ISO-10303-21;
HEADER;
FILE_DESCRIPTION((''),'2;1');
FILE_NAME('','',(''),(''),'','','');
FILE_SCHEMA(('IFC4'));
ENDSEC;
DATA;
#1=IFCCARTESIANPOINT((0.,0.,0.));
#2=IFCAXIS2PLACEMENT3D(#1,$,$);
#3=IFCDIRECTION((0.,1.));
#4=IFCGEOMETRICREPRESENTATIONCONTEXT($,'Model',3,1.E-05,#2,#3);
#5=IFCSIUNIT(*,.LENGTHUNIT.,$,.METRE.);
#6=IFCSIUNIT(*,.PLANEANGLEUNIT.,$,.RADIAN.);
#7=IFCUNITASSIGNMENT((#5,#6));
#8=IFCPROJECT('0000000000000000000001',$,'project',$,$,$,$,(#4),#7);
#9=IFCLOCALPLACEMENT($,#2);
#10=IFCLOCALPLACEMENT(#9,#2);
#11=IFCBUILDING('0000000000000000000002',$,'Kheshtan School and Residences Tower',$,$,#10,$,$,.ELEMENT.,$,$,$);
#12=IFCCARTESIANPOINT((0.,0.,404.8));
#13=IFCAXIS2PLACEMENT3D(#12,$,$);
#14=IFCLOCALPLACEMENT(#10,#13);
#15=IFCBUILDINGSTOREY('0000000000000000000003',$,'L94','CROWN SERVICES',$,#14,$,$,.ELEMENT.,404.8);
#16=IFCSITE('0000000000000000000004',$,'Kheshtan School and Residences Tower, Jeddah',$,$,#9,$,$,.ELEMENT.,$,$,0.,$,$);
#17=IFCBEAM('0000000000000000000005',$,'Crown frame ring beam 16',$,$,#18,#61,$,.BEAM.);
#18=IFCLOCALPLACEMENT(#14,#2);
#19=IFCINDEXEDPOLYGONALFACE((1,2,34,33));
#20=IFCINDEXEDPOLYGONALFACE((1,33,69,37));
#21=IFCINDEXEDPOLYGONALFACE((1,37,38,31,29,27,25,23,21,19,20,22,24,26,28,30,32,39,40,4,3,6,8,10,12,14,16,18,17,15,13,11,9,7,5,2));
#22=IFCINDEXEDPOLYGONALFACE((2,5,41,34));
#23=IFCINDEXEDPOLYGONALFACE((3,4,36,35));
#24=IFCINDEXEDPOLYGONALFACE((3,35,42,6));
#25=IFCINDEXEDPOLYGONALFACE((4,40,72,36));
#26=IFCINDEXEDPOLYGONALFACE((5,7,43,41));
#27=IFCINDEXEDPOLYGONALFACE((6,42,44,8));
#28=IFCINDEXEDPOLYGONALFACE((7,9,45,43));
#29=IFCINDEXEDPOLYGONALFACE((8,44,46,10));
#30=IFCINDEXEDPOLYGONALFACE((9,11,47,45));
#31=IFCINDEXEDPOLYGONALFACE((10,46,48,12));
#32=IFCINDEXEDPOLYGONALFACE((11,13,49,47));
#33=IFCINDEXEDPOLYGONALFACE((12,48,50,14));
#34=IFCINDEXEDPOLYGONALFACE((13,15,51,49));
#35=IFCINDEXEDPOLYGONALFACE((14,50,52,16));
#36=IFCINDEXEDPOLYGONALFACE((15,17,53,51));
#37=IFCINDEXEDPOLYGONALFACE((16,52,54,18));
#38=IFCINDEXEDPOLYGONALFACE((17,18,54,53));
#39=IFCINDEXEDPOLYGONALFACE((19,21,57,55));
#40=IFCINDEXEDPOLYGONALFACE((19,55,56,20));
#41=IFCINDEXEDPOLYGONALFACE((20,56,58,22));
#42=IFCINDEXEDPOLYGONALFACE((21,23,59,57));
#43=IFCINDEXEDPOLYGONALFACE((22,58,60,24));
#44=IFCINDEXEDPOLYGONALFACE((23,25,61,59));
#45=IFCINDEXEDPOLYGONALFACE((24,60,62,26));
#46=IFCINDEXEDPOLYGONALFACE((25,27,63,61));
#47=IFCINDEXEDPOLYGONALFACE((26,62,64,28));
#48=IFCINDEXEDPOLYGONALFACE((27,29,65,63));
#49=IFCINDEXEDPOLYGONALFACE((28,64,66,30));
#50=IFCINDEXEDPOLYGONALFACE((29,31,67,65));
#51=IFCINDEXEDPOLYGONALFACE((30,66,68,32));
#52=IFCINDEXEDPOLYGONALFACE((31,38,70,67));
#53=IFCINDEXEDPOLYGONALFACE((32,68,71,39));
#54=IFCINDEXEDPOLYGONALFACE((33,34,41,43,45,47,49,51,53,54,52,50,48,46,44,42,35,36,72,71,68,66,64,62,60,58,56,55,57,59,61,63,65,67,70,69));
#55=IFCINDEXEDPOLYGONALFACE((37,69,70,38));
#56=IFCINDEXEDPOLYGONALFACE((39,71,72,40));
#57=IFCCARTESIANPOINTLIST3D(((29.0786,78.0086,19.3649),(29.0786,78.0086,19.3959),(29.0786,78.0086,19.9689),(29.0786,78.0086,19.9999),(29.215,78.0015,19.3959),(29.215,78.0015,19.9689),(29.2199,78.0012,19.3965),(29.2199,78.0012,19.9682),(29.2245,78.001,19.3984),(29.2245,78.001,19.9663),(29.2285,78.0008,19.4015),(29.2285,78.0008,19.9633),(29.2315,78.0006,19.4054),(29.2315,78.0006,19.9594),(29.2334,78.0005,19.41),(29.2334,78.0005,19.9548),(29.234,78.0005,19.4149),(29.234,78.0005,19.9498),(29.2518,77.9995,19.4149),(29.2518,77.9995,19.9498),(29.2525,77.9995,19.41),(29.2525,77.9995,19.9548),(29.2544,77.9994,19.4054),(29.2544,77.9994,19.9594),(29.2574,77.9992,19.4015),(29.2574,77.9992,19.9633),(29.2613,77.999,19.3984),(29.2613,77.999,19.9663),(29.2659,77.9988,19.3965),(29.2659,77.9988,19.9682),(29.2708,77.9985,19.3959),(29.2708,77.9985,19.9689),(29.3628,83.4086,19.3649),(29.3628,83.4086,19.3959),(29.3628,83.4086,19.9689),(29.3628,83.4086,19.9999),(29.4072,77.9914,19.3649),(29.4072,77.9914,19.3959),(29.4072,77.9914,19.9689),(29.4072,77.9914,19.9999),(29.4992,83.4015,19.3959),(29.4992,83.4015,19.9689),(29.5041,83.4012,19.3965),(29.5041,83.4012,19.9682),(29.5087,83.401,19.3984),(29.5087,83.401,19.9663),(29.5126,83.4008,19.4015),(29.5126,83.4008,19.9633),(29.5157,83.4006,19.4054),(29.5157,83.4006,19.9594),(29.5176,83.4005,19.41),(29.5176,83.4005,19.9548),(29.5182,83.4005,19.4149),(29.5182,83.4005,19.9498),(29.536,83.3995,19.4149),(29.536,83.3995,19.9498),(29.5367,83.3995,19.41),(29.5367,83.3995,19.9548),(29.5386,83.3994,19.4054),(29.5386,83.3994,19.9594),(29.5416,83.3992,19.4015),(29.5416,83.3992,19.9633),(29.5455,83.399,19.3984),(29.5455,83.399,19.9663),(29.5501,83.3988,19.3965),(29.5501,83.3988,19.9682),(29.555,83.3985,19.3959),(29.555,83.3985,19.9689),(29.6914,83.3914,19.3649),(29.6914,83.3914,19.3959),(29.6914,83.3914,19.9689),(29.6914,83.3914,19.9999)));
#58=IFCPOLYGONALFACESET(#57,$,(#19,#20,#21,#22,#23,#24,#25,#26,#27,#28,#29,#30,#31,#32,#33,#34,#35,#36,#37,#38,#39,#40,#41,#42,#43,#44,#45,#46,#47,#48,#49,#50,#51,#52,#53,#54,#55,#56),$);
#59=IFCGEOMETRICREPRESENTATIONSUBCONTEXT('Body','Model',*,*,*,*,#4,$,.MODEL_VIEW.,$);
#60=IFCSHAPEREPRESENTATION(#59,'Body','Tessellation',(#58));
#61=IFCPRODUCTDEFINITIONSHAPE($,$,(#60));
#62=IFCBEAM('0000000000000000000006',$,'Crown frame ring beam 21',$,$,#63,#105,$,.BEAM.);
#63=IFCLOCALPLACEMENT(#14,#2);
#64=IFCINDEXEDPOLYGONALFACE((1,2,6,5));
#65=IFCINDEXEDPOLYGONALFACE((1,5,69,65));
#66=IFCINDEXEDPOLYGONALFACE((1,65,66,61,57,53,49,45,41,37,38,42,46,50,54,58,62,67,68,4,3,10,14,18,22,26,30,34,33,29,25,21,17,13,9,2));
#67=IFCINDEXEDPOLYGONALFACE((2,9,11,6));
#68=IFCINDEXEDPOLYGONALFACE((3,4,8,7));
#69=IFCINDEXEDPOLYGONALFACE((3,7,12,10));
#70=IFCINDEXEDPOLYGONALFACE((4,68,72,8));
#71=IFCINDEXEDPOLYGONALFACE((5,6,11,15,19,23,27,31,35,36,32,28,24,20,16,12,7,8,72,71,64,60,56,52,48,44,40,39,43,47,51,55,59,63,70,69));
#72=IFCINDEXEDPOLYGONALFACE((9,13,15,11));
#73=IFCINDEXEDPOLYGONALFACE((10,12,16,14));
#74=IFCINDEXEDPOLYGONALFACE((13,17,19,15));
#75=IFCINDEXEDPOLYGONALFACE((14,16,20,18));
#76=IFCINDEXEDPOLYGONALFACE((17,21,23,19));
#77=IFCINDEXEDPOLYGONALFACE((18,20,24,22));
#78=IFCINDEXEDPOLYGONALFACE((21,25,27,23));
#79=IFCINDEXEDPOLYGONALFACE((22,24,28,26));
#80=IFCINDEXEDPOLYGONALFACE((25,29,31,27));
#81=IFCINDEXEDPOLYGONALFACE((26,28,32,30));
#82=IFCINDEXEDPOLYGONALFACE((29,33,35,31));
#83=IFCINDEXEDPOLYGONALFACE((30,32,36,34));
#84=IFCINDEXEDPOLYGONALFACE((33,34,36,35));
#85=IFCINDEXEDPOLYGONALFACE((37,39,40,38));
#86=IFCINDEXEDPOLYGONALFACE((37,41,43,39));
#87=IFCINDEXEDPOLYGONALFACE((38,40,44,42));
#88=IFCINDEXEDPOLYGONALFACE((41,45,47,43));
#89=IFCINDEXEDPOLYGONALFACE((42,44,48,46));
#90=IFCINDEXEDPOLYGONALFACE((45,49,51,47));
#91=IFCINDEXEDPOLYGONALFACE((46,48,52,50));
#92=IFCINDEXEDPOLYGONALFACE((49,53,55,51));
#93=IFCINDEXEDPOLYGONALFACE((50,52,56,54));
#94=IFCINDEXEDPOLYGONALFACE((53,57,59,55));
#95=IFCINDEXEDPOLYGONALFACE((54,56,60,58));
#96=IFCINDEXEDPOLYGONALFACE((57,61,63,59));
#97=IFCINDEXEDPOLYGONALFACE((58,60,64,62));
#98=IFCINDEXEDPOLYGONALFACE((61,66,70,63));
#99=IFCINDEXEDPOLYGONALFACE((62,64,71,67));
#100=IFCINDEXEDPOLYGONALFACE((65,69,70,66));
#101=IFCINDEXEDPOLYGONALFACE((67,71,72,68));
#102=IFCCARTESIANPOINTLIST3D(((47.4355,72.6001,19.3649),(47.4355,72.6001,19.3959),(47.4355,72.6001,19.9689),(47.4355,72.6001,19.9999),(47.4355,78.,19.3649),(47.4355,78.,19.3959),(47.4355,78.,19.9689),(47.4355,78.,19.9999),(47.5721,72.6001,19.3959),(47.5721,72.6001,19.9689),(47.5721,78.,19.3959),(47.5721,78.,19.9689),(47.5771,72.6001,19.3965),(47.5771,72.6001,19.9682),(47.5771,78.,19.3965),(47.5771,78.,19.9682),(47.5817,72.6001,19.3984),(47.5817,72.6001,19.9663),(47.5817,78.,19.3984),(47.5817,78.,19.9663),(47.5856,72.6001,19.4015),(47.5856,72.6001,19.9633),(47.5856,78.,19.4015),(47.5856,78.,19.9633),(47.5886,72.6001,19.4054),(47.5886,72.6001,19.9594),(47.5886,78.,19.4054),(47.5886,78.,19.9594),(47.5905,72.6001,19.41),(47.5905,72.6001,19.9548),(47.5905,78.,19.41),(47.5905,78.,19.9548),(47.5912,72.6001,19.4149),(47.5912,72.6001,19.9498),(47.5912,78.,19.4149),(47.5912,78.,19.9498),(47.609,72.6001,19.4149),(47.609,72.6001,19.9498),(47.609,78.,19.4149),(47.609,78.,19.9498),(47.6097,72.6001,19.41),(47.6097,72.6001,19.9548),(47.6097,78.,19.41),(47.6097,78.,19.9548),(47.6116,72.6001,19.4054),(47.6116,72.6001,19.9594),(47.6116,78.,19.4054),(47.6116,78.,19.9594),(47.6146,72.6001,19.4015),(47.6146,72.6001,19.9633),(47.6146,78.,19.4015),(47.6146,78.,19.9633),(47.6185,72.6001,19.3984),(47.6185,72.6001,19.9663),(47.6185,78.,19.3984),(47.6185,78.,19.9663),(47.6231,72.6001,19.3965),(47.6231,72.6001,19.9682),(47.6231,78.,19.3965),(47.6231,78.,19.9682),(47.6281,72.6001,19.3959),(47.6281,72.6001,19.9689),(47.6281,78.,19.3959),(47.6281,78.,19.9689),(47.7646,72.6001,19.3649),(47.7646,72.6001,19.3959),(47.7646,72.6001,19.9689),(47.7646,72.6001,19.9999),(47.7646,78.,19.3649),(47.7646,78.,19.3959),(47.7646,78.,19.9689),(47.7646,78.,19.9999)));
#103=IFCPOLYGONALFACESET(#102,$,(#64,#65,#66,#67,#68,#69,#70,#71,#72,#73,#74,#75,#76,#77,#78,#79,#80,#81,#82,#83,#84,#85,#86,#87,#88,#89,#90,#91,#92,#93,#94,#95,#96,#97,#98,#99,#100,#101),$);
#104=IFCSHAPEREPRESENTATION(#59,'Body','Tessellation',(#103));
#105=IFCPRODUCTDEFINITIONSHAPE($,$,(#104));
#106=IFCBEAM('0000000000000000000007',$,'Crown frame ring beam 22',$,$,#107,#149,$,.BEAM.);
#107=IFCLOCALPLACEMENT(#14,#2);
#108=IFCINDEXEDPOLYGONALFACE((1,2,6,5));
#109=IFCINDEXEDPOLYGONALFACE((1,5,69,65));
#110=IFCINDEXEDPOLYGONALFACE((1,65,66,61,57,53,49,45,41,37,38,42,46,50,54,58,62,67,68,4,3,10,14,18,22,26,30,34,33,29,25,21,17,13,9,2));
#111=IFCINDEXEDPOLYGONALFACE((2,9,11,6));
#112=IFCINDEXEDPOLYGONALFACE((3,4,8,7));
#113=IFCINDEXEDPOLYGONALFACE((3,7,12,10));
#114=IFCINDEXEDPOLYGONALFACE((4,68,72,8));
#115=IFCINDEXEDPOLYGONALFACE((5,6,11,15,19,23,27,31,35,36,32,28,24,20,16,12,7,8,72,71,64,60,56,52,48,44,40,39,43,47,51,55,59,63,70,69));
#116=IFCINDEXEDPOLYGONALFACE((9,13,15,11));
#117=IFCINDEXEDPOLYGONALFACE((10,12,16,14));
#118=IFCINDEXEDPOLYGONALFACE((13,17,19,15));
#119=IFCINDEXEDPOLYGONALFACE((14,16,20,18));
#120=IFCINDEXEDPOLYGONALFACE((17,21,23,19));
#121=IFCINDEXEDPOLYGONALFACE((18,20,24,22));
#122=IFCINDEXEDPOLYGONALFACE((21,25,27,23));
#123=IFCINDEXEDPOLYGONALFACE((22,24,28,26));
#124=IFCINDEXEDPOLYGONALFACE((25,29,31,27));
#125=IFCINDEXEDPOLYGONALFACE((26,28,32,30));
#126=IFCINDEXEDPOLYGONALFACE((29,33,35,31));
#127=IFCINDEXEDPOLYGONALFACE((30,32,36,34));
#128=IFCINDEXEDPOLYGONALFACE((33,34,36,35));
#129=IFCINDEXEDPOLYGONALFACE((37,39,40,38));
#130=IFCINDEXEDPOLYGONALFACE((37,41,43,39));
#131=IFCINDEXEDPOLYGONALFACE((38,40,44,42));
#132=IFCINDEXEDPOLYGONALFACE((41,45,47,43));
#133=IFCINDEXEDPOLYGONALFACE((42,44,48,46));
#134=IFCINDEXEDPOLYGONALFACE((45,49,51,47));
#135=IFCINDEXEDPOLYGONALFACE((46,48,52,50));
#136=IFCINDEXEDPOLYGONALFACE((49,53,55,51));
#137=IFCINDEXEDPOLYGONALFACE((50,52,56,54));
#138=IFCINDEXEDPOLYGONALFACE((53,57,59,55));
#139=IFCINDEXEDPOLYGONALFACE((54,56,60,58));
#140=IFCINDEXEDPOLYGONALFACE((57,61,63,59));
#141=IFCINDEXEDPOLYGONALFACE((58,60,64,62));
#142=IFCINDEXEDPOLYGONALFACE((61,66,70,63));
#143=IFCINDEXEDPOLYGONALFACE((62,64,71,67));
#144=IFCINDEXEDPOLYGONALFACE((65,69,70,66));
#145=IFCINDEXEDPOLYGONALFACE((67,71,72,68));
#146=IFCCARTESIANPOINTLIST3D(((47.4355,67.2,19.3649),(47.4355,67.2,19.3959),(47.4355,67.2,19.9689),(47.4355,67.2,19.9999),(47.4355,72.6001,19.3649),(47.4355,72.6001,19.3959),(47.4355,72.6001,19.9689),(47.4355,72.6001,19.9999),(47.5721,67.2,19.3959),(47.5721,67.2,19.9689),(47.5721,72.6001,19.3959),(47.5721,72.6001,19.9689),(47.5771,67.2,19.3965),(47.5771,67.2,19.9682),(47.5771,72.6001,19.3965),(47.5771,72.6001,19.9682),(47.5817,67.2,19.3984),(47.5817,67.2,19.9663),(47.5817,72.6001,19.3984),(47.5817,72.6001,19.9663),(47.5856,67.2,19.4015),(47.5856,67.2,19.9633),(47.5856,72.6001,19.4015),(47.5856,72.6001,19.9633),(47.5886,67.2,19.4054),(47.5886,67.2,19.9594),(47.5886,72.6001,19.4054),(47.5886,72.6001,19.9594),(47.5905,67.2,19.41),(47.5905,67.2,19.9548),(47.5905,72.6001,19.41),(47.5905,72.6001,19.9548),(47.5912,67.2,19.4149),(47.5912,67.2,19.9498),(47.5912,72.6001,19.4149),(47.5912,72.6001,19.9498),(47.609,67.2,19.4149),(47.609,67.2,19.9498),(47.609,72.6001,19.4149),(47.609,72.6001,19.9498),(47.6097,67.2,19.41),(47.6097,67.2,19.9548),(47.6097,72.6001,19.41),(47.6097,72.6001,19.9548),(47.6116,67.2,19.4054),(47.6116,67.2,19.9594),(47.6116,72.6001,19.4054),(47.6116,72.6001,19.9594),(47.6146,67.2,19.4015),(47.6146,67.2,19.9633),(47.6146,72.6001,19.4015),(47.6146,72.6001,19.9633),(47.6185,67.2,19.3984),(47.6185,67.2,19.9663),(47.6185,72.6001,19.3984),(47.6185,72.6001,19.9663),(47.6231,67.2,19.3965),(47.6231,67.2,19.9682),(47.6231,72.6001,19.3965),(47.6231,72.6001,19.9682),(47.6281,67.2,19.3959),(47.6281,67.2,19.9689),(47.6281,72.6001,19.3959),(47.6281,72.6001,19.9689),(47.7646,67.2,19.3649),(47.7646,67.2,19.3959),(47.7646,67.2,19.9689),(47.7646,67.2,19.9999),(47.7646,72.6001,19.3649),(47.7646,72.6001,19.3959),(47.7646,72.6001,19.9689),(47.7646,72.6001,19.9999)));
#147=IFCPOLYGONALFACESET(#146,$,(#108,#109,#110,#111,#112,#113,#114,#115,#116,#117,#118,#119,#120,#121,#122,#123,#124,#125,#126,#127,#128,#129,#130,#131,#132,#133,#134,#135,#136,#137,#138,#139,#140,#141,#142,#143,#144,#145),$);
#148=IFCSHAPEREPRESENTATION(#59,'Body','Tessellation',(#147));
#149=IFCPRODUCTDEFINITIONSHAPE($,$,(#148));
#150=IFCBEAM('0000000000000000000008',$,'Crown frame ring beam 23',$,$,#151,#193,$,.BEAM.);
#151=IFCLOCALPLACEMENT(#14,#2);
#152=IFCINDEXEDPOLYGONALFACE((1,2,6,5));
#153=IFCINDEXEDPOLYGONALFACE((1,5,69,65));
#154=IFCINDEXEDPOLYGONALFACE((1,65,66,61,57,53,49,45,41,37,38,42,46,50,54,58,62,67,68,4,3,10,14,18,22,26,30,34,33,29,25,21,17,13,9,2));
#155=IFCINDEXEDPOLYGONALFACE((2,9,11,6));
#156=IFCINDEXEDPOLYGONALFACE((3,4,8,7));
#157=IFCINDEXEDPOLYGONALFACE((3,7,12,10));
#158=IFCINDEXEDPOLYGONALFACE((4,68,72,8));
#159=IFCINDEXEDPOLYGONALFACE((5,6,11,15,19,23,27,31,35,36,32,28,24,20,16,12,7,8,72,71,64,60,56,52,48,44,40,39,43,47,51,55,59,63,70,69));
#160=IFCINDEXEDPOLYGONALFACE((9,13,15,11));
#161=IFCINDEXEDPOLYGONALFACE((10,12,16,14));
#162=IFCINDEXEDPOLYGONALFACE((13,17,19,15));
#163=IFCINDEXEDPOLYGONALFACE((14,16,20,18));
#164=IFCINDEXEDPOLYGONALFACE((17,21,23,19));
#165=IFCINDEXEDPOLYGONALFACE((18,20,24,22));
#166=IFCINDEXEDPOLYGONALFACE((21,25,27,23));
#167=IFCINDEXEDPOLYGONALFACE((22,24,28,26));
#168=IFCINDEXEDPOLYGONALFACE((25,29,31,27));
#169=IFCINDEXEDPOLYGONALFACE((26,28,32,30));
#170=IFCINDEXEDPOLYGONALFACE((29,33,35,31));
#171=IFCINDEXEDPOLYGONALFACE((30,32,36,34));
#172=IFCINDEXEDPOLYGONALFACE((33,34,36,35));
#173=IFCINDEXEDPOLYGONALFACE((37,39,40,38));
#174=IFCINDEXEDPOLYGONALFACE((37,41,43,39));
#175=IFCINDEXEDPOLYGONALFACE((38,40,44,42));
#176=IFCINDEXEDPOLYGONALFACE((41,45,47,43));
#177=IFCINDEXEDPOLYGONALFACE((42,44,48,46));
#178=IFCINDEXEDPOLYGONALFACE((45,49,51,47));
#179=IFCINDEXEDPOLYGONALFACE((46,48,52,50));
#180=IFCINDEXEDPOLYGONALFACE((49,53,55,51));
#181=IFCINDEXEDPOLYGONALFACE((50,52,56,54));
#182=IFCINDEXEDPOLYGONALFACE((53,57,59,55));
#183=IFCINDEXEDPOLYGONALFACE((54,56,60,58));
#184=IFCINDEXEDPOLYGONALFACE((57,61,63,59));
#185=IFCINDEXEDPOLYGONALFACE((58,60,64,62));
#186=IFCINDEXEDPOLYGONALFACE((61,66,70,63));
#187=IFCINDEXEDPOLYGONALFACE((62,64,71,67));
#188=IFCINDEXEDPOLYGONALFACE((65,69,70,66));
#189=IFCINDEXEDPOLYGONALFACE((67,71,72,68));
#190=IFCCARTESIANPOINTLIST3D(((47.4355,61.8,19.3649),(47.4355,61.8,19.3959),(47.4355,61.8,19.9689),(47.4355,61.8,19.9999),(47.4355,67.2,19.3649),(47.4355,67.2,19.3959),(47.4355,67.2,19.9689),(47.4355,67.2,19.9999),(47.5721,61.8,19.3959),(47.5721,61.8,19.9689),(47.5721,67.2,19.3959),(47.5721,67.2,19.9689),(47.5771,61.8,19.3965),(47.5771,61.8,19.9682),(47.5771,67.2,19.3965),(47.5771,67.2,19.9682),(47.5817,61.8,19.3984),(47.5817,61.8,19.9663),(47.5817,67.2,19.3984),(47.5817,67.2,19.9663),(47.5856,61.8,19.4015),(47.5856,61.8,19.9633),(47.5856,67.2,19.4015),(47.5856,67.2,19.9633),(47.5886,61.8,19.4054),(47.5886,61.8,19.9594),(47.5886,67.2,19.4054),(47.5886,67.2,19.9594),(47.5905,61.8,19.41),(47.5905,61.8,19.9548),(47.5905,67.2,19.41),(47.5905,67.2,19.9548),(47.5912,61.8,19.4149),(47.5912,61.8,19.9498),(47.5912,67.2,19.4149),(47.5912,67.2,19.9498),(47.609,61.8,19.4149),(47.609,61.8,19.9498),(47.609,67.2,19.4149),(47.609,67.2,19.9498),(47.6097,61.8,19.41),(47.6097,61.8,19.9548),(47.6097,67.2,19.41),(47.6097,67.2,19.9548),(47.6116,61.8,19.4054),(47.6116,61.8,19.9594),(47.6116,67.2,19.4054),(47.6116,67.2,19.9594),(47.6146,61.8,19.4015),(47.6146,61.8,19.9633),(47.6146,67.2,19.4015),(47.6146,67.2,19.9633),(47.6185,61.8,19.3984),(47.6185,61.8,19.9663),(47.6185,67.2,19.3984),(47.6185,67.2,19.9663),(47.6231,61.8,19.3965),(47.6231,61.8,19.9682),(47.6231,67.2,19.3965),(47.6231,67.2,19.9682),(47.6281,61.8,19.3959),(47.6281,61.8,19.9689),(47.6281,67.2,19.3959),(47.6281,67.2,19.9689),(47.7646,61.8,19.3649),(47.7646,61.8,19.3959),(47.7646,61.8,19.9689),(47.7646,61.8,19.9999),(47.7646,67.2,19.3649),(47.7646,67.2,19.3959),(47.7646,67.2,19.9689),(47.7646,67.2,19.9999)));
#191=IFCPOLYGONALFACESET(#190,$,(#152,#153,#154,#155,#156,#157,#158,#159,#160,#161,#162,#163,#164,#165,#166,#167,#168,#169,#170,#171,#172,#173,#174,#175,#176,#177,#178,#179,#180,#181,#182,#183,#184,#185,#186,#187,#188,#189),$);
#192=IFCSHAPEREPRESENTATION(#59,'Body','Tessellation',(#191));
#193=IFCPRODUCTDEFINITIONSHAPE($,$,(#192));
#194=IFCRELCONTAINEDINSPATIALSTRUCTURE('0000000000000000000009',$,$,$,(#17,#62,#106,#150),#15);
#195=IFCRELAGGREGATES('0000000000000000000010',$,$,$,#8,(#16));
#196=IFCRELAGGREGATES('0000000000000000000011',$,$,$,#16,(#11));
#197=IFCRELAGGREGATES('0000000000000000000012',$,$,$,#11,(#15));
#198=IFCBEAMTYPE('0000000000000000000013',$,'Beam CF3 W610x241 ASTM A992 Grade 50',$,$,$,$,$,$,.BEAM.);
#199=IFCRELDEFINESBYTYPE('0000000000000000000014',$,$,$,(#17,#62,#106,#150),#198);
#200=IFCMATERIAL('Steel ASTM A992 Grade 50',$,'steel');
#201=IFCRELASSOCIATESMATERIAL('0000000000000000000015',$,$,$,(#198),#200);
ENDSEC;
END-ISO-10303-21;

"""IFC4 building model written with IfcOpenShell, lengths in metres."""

from ifc_helpers import new_model, si_unit, direction, frame, origin, origin_2d, place, context, subcontext, project, spatial, i_section, extrude, material, material_profile, profile_set, type_object, element, save


model = new_model("IFC4")

# Units and contexts
model_context = context("Model", 3, precision=1e-05, world=origin(), true_north=direction((0.0, 1.0)))
body_context = subcontext(model_context, "Body", "Model", "MODEL_VIEW")
ifc_project = project(units=[si_unit("LENGTHUNIT", "METRE"), si_unit("PLANEANGLEUNIT", "RADIAN")], contexts=[model_context])

# Site, building, storey
site_placement = place(None, origin())
site = spatial("IfcSite", under=ifc_project, at=site_placement, Name="Kheshtan School and Residences Tower, Jeddah", CompositionType="ELEMENT", RefElevation=0.0)
building_placement = place(site_placement, origin())
building = spatial("IfcBuilding", under=site, at=building_placement, Name="Kheshtan School and Residences Tower", CompositionType="ELEMENT")
storey_placement = place(building_placement, frame((0.0, 0.0, 404.8)))
storey = spatial("IfcBuildingStorey", under=building, at=storey_placement, Name="L94", Description="CROWN SERVICES", CompositionType="ELEMENT", Elevation=404.8)

# Beams
ifc_material_1 = material(Name="Steel ASTM A992 Grade 50", Category="steel")
ifc_material_profile_1 = material_profile(ifc_material_1, i_section(OverallWidth=0.3291, OverallDepth=0.635, WebThickness=0.0178, FlangeThickness=0.031, FilletRadius=0.019, at=origin_2d()), Name="W610x241")
ifc_profile_set_1 = profile_set([ifc_material_profile_1], Name="Steel ASTM A992 Grade 50")
beam_type_1 = type_object("IfcBeamType", Name="Beam CF3 W610x241 ASTM A992 Grade 50", PredefinedType="BEAM", material=ifc_profile_set_1)
for number, where, z_axis, x_axis, name in (
    (1, (29.2429, 78.0, 19.6824), (0.052554, 0.998618, 0.0), (-0.998618, 0.052554, 0.0), "Crown frame ring beam 16"),
):
    element("IfcBeam", number, at=place(storey_placement, frame(where, z_axis=z_axis, x_axis=x_axis)), inside=storey, type_object=beam_type_1, Name=name, PredefinedType="BEAM", context=body_context, shape_type="SweptSolid", body=[
        extrude(i_section(OverallWidth=0.3291, OverallDepth=0.635, WebThickness=0.0178, FlangeThickness=0.031, FilletRadius=0.019, at=origin_2d()), origin(), (0.0, 0.0, 1.0), 5.4075),
    ])
beam_1_placement = place(storey_placement, frame((47.6001, 78.0, 19.6824), z_axis=(0.0, -1.0, 0.0), x_axis=(1.0, 0.0, 0.0)))
element("IfcBeam", 2, at=beam_1_placement, inside=storey, type_object=beam_type_1, Name="Crown frame ring beam 21", PredefinedType="BEAM", context=body_context, shape_type="SweptSolid", body=[
    extrude(i_section(OverallWidth=0.3291, OverallDepth=0.635, WebThickness=0.0178, FlangeThickness=0.031, FilletRadius=0.019, at=origin_2d()), origin(), (0.0, 0.0, 1.0), 5.3999),
])
beam_2_placement = place(storey_placement, frame((47.6001, 72.6001, 19.6824), z_axis=(0.0, -1.0, 0.0), x_axis=(1.0, 0.0, 0.0)))
element("IfcBeam", 3, at=beam_2_placement, inside=storey, type_object=beam_type_1, Name="Crown frame ring beam 22", PredefinedType="BEAM", context=body_context, shape_type="SweptSolid", body=[
    extrude(i_section(OverallWidth=0.3291, OverallDepth=0.635, WebThickness=0.0178, FlangeThickness=0.031, FilletRadius=0.019, at=origin_2d()), origin(), (0.0, 0.0, 1.0), 5.4001),
])
beam_3_placement = place(storey_placement, frame((47.6001, 67.2, 19.6824), z_axis=(0.0, -1.0, 0.0), x_axis=(1.0, 0.0, 0.0)))
element("IfcBeam", 4, at=beam_3_placement, inside=storey, type_object=beam_type_1, Name="Crown frame ring beam 23", PredefinedType="BEAM", context=body_context, shape_type="SweptSolid", body=[
    extrude(i_section(OverallWidth=0.3291, OverallDepth=0.635, WebThickness=0.0178, FlangeThickness=0.031, FilletRadius=0.019, at=origin_2d()), origin(), (0.0, 0.0, 1.0), 5.3999),
])

save(model, "model.ifc")
